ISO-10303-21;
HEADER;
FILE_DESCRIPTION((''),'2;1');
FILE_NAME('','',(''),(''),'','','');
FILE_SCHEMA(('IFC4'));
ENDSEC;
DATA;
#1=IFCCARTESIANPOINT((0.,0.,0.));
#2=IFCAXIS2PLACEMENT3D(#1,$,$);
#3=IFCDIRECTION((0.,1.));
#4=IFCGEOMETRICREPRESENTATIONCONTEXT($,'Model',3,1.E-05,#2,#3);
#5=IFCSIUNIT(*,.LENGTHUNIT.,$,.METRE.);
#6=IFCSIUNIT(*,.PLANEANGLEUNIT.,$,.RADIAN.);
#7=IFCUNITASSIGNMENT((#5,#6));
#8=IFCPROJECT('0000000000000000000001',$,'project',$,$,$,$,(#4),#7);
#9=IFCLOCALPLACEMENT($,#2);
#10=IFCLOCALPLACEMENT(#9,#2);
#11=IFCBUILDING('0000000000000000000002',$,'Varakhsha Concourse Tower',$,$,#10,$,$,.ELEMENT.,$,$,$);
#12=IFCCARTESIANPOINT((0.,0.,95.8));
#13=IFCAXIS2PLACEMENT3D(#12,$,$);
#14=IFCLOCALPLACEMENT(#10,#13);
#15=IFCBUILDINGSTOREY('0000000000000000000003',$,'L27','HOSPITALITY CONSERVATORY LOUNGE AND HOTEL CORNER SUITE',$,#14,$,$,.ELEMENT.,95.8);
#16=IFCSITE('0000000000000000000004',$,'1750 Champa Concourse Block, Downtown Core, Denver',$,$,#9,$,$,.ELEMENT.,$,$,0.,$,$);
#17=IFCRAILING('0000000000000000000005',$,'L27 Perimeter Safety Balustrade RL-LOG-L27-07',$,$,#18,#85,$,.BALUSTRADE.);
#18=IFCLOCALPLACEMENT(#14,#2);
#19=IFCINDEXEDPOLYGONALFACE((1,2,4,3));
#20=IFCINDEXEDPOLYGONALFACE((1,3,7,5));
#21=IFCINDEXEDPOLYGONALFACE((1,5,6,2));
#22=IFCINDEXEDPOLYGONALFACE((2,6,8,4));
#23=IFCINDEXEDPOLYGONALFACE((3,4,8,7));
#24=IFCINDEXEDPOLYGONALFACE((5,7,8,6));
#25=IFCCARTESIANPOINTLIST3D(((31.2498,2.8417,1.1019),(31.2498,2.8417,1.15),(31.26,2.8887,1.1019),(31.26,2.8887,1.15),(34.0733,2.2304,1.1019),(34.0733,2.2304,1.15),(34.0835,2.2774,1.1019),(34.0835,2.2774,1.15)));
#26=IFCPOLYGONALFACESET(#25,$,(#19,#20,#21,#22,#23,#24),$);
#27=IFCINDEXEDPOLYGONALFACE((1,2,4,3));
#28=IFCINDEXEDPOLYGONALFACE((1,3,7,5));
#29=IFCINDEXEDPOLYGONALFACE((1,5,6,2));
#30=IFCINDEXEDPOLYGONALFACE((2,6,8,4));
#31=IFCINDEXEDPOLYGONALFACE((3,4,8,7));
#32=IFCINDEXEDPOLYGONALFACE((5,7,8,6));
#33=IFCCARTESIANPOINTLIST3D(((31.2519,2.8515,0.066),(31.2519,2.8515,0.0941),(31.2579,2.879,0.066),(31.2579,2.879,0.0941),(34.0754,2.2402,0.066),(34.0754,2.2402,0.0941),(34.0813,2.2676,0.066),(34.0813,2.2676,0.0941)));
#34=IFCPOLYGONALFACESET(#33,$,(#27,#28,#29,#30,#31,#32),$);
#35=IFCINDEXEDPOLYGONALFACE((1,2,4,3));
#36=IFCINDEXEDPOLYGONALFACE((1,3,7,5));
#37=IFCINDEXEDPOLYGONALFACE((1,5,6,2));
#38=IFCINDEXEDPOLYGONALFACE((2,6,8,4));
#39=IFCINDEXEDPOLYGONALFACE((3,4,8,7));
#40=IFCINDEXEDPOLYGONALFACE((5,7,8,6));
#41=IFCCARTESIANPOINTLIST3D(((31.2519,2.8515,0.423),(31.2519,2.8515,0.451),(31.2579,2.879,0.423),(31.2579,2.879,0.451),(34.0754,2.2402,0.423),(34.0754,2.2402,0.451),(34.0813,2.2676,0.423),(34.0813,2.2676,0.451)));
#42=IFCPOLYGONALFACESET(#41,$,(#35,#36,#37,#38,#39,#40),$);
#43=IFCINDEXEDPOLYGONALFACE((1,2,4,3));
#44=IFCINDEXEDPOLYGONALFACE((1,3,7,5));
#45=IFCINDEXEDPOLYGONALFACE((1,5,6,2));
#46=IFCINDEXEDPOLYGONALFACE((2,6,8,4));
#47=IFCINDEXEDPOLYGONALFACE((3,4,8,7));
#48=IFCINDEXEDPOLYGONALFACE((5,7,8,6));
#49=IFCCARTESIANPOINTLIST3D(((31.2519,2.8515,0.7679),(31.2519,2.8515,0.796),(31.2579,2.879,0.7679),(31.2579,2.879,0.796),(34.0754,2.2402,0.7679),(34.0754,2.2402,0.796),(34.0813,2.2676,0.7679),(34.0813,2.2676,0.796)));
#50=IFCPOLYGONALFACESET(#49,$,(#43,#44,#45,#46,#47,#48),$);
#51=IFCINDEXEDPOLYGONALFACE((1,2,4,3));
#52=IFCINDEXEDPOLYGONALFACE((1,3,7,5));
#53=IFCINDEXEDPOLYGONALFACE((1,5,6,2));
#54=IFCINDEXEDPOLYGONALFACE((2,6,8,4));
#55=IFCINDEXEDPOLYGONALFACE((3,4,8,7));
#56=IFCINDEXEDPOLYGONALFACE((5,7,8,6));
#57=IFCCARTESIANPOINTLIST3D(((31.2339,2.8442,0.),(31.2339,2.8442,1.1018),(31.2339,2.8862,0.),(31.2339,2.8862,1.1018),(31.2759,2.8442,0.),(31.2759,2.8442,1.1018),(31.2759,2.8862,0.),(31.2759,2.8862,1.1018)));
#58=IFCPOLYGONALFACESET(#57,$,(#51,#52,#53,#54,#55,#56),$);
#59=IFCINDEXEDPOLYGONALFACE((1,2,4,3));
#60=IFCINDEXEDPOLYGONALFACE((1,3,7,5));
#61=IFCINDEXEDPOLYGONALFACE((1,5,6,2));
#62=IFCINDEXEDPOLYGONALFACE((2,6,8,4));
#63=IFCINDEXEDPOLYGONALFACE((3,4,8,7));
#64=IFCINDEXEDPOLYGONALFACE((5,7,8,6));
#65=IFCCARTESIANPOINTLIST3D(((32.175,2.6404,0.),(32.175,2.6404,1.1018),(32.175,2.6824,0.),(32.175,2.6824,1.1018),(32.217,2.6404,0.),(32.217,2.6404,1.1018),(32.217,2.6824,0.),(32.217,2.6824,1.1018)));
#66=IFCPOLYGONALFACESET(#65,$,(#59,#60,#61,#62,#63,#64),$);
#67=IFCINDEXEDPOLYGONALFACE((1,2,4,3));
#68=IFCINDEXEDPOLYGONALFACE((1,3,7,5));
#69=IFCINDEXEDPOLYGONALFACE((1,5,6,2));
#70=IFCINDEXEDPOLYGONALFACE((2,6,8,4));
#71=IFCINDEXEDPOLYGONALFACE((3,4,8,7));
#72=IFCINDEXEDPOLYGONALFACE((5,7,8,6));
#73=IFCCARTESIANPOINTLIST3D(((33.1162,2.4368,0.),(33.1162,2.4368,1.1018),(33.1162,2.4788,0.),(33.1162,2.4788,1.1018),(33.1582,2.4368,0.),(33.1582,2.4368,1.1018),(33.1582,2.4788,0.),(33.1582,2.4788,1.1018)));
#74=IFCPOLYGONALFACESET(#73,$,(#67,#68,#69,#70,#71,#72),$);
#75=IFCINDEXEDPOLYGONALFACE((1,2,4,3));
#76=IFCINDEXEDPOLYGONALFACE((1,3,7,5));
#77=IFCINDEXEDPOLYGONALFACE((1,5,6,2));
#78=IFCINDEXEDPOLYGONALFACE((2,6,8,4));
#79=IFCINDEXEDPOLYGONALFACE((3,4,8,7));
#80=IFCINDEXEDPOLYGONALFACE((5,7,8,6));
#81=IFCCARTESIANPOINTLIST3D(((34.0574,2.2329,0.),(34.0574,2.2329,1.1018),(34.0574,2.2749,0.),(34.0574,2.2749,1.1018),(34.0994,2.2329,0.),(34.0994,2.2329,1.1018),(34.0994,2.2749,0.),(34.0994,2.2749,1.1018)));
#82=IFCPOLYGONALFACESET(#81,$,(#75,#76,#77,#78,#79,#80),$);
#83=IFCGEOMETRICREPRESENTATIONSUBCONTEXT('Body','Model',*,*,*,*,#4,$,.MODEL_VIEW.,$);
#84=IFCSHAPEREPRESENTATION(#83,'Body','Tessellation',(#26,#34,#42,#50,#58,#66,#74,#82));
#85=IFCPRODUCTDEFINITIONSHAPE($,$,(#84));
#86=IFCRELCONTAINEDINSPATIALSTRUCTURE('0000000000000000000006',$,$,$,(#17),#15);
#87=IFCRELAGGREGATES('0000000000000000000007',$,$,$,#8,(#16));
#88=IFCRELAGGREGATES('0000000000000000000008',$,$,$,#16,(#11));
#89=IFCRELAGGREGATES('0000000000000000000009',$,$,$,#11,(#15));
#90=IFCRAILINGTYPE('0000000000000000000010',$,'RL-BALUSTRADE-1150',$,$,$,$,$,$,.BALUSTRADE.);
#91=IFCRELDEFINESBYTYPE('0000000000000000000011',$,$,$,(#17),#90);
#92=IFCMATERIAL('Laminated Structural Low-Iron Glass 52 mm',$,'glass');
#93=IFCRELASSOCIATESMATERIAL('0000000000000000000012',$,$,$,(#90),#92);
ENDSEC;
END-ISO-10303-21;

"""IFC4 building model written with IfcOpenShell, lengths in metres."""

from ifc_helpers import new_model, si_unit, direction, frame, origin, origin_2d, place, context, subcontext, project, spatial, rectangle, extrude, material, type_object, element, save


model = new_model("IFC4")

# Units and contexts
model_context = context("Model", 3, precision=1e-05, world=origin(), true_north=direction((0.0, 1.0)))
body_context = subcontext(model_context, "Body", "Model", "MODEL_VIEW")
ifc_project = project(units=[si_unit("LENGTHUNIT", "METRE"), si_unit("PLANEANGLEUNIT", "RADIAN")], contexts=[model_context])

# Site, building, storey
site_placement = place(None, origin())
site = spatial("IfcSite", under=ifc_project, at=site_placement, Name="1750 Champa Concourse Block, Downtown Core, Denver", CompositionType="ELEMENT", RefElevation=0.0)
building_placement = place(site_placement, origin())
building = spatial("IfcBuilding", under=site, at=building_placement, Name="Varakhsha Concourse Tower", CompositionType="ELEMENT")
storey_placement = place(building_placement, frame((0.0, 0.0, 95.8)))
storey = spatial("IfcBuildingStorey", under=building, at=storey_placement, Name="L27", Description="HOSPITALITY CONSERVATORY LOUNGE AND HOTEL CORNER SUITE", CompositionType="ELEMENT", Elevation=95.8)

# Railing
ifc_material_1 = material(Name="Laminated Structural Low-Iron Glass 52 mm", Category="glass")
railing_type = type_object("IfcRailingType", Name="RL-BALUSTRADE-1150", PredefinedType="BALUSTRADE", material=ifc_material_1)
railing_1_placement = place(storey_placement, frame((31.2549, 2.8652, 0.0)))
element("IfcRailing", 1, at=railing_1_placement, inside=storey, type_object=railing_type, Name="L27 Perimeter Safety Balustrade RL-LOG-L27-07", PredefinedType="BALUSTRADE", context=body_context, shape_type="SweptSolid", body=[
    extrude(rectangle(XDim=0.0481, YDim=0.0481, at=origin_2d()), frame((0.0, 0.0, 1.126), z_axis=(0.977354, -0.211612, 0.0), x_axis=(0.211612, 0.977354, 0.0)), (0.0, 0.0, 1.0), 2.8889),
    extrude(rectangle(XDim=0.0281, YDim=0.0281, at=origin_2d()), frame((0.0, 0.0, 0.0801), z_axis=(0.977354, -0.211612, 0.0), x_axis=(0.211612, 0.977354, 0.0)), (0.0, 0.0, 1.0), 2.8889),
    extrude(rectangle(XDim=0.0281, YDim=0.0281, at=origin_2d()), frame((0.0, 0.0, 0.437), z_axis=(0.977354, -0.211612, 0.0), x_axis=(0.211612, 0.977354, 0.0)), (0.0, 0.0, 1.0), 2.8889),
    extrude(rectangle(XDim=0.0281, YDim=0.0281, at=origin_2d()), frame((0.0, 0.0, 0.782), z_axis=(0.977354, -0.211612, 0.0), x_axis=(0.211612, 0.977354, 0.0)), (0.0, 0.0, 1.0), 2.8889),
    extrude(rectangle(XDim=0.042, YDim=0.042, at=origin_2d()), origin(), (0.0, 0.0, 1.0), 1.1018),
    extrude(rectangle(XDim=0.042, YDim=0.042, at=origin_2d()), frame((0.9412, -0.2039, 0.0)), (0.0, 0.0, 1.0), 1.1018),
    extrude(rectangle(XDim=0.042, YDim=0.042, at=origin_2d()), frame((1.8823, -0.4075, 0.0)), (0.0, 0.0, 1.0), 1.1018),
    extrude(rectangle(XDim=0.042, YDim=0.042, at=origin_2d()), frame((2.8235, -0.6113, 0.0)), (0.0, 0.0, 1.0), 1.1018),
])

save(model, "model.ifc")
